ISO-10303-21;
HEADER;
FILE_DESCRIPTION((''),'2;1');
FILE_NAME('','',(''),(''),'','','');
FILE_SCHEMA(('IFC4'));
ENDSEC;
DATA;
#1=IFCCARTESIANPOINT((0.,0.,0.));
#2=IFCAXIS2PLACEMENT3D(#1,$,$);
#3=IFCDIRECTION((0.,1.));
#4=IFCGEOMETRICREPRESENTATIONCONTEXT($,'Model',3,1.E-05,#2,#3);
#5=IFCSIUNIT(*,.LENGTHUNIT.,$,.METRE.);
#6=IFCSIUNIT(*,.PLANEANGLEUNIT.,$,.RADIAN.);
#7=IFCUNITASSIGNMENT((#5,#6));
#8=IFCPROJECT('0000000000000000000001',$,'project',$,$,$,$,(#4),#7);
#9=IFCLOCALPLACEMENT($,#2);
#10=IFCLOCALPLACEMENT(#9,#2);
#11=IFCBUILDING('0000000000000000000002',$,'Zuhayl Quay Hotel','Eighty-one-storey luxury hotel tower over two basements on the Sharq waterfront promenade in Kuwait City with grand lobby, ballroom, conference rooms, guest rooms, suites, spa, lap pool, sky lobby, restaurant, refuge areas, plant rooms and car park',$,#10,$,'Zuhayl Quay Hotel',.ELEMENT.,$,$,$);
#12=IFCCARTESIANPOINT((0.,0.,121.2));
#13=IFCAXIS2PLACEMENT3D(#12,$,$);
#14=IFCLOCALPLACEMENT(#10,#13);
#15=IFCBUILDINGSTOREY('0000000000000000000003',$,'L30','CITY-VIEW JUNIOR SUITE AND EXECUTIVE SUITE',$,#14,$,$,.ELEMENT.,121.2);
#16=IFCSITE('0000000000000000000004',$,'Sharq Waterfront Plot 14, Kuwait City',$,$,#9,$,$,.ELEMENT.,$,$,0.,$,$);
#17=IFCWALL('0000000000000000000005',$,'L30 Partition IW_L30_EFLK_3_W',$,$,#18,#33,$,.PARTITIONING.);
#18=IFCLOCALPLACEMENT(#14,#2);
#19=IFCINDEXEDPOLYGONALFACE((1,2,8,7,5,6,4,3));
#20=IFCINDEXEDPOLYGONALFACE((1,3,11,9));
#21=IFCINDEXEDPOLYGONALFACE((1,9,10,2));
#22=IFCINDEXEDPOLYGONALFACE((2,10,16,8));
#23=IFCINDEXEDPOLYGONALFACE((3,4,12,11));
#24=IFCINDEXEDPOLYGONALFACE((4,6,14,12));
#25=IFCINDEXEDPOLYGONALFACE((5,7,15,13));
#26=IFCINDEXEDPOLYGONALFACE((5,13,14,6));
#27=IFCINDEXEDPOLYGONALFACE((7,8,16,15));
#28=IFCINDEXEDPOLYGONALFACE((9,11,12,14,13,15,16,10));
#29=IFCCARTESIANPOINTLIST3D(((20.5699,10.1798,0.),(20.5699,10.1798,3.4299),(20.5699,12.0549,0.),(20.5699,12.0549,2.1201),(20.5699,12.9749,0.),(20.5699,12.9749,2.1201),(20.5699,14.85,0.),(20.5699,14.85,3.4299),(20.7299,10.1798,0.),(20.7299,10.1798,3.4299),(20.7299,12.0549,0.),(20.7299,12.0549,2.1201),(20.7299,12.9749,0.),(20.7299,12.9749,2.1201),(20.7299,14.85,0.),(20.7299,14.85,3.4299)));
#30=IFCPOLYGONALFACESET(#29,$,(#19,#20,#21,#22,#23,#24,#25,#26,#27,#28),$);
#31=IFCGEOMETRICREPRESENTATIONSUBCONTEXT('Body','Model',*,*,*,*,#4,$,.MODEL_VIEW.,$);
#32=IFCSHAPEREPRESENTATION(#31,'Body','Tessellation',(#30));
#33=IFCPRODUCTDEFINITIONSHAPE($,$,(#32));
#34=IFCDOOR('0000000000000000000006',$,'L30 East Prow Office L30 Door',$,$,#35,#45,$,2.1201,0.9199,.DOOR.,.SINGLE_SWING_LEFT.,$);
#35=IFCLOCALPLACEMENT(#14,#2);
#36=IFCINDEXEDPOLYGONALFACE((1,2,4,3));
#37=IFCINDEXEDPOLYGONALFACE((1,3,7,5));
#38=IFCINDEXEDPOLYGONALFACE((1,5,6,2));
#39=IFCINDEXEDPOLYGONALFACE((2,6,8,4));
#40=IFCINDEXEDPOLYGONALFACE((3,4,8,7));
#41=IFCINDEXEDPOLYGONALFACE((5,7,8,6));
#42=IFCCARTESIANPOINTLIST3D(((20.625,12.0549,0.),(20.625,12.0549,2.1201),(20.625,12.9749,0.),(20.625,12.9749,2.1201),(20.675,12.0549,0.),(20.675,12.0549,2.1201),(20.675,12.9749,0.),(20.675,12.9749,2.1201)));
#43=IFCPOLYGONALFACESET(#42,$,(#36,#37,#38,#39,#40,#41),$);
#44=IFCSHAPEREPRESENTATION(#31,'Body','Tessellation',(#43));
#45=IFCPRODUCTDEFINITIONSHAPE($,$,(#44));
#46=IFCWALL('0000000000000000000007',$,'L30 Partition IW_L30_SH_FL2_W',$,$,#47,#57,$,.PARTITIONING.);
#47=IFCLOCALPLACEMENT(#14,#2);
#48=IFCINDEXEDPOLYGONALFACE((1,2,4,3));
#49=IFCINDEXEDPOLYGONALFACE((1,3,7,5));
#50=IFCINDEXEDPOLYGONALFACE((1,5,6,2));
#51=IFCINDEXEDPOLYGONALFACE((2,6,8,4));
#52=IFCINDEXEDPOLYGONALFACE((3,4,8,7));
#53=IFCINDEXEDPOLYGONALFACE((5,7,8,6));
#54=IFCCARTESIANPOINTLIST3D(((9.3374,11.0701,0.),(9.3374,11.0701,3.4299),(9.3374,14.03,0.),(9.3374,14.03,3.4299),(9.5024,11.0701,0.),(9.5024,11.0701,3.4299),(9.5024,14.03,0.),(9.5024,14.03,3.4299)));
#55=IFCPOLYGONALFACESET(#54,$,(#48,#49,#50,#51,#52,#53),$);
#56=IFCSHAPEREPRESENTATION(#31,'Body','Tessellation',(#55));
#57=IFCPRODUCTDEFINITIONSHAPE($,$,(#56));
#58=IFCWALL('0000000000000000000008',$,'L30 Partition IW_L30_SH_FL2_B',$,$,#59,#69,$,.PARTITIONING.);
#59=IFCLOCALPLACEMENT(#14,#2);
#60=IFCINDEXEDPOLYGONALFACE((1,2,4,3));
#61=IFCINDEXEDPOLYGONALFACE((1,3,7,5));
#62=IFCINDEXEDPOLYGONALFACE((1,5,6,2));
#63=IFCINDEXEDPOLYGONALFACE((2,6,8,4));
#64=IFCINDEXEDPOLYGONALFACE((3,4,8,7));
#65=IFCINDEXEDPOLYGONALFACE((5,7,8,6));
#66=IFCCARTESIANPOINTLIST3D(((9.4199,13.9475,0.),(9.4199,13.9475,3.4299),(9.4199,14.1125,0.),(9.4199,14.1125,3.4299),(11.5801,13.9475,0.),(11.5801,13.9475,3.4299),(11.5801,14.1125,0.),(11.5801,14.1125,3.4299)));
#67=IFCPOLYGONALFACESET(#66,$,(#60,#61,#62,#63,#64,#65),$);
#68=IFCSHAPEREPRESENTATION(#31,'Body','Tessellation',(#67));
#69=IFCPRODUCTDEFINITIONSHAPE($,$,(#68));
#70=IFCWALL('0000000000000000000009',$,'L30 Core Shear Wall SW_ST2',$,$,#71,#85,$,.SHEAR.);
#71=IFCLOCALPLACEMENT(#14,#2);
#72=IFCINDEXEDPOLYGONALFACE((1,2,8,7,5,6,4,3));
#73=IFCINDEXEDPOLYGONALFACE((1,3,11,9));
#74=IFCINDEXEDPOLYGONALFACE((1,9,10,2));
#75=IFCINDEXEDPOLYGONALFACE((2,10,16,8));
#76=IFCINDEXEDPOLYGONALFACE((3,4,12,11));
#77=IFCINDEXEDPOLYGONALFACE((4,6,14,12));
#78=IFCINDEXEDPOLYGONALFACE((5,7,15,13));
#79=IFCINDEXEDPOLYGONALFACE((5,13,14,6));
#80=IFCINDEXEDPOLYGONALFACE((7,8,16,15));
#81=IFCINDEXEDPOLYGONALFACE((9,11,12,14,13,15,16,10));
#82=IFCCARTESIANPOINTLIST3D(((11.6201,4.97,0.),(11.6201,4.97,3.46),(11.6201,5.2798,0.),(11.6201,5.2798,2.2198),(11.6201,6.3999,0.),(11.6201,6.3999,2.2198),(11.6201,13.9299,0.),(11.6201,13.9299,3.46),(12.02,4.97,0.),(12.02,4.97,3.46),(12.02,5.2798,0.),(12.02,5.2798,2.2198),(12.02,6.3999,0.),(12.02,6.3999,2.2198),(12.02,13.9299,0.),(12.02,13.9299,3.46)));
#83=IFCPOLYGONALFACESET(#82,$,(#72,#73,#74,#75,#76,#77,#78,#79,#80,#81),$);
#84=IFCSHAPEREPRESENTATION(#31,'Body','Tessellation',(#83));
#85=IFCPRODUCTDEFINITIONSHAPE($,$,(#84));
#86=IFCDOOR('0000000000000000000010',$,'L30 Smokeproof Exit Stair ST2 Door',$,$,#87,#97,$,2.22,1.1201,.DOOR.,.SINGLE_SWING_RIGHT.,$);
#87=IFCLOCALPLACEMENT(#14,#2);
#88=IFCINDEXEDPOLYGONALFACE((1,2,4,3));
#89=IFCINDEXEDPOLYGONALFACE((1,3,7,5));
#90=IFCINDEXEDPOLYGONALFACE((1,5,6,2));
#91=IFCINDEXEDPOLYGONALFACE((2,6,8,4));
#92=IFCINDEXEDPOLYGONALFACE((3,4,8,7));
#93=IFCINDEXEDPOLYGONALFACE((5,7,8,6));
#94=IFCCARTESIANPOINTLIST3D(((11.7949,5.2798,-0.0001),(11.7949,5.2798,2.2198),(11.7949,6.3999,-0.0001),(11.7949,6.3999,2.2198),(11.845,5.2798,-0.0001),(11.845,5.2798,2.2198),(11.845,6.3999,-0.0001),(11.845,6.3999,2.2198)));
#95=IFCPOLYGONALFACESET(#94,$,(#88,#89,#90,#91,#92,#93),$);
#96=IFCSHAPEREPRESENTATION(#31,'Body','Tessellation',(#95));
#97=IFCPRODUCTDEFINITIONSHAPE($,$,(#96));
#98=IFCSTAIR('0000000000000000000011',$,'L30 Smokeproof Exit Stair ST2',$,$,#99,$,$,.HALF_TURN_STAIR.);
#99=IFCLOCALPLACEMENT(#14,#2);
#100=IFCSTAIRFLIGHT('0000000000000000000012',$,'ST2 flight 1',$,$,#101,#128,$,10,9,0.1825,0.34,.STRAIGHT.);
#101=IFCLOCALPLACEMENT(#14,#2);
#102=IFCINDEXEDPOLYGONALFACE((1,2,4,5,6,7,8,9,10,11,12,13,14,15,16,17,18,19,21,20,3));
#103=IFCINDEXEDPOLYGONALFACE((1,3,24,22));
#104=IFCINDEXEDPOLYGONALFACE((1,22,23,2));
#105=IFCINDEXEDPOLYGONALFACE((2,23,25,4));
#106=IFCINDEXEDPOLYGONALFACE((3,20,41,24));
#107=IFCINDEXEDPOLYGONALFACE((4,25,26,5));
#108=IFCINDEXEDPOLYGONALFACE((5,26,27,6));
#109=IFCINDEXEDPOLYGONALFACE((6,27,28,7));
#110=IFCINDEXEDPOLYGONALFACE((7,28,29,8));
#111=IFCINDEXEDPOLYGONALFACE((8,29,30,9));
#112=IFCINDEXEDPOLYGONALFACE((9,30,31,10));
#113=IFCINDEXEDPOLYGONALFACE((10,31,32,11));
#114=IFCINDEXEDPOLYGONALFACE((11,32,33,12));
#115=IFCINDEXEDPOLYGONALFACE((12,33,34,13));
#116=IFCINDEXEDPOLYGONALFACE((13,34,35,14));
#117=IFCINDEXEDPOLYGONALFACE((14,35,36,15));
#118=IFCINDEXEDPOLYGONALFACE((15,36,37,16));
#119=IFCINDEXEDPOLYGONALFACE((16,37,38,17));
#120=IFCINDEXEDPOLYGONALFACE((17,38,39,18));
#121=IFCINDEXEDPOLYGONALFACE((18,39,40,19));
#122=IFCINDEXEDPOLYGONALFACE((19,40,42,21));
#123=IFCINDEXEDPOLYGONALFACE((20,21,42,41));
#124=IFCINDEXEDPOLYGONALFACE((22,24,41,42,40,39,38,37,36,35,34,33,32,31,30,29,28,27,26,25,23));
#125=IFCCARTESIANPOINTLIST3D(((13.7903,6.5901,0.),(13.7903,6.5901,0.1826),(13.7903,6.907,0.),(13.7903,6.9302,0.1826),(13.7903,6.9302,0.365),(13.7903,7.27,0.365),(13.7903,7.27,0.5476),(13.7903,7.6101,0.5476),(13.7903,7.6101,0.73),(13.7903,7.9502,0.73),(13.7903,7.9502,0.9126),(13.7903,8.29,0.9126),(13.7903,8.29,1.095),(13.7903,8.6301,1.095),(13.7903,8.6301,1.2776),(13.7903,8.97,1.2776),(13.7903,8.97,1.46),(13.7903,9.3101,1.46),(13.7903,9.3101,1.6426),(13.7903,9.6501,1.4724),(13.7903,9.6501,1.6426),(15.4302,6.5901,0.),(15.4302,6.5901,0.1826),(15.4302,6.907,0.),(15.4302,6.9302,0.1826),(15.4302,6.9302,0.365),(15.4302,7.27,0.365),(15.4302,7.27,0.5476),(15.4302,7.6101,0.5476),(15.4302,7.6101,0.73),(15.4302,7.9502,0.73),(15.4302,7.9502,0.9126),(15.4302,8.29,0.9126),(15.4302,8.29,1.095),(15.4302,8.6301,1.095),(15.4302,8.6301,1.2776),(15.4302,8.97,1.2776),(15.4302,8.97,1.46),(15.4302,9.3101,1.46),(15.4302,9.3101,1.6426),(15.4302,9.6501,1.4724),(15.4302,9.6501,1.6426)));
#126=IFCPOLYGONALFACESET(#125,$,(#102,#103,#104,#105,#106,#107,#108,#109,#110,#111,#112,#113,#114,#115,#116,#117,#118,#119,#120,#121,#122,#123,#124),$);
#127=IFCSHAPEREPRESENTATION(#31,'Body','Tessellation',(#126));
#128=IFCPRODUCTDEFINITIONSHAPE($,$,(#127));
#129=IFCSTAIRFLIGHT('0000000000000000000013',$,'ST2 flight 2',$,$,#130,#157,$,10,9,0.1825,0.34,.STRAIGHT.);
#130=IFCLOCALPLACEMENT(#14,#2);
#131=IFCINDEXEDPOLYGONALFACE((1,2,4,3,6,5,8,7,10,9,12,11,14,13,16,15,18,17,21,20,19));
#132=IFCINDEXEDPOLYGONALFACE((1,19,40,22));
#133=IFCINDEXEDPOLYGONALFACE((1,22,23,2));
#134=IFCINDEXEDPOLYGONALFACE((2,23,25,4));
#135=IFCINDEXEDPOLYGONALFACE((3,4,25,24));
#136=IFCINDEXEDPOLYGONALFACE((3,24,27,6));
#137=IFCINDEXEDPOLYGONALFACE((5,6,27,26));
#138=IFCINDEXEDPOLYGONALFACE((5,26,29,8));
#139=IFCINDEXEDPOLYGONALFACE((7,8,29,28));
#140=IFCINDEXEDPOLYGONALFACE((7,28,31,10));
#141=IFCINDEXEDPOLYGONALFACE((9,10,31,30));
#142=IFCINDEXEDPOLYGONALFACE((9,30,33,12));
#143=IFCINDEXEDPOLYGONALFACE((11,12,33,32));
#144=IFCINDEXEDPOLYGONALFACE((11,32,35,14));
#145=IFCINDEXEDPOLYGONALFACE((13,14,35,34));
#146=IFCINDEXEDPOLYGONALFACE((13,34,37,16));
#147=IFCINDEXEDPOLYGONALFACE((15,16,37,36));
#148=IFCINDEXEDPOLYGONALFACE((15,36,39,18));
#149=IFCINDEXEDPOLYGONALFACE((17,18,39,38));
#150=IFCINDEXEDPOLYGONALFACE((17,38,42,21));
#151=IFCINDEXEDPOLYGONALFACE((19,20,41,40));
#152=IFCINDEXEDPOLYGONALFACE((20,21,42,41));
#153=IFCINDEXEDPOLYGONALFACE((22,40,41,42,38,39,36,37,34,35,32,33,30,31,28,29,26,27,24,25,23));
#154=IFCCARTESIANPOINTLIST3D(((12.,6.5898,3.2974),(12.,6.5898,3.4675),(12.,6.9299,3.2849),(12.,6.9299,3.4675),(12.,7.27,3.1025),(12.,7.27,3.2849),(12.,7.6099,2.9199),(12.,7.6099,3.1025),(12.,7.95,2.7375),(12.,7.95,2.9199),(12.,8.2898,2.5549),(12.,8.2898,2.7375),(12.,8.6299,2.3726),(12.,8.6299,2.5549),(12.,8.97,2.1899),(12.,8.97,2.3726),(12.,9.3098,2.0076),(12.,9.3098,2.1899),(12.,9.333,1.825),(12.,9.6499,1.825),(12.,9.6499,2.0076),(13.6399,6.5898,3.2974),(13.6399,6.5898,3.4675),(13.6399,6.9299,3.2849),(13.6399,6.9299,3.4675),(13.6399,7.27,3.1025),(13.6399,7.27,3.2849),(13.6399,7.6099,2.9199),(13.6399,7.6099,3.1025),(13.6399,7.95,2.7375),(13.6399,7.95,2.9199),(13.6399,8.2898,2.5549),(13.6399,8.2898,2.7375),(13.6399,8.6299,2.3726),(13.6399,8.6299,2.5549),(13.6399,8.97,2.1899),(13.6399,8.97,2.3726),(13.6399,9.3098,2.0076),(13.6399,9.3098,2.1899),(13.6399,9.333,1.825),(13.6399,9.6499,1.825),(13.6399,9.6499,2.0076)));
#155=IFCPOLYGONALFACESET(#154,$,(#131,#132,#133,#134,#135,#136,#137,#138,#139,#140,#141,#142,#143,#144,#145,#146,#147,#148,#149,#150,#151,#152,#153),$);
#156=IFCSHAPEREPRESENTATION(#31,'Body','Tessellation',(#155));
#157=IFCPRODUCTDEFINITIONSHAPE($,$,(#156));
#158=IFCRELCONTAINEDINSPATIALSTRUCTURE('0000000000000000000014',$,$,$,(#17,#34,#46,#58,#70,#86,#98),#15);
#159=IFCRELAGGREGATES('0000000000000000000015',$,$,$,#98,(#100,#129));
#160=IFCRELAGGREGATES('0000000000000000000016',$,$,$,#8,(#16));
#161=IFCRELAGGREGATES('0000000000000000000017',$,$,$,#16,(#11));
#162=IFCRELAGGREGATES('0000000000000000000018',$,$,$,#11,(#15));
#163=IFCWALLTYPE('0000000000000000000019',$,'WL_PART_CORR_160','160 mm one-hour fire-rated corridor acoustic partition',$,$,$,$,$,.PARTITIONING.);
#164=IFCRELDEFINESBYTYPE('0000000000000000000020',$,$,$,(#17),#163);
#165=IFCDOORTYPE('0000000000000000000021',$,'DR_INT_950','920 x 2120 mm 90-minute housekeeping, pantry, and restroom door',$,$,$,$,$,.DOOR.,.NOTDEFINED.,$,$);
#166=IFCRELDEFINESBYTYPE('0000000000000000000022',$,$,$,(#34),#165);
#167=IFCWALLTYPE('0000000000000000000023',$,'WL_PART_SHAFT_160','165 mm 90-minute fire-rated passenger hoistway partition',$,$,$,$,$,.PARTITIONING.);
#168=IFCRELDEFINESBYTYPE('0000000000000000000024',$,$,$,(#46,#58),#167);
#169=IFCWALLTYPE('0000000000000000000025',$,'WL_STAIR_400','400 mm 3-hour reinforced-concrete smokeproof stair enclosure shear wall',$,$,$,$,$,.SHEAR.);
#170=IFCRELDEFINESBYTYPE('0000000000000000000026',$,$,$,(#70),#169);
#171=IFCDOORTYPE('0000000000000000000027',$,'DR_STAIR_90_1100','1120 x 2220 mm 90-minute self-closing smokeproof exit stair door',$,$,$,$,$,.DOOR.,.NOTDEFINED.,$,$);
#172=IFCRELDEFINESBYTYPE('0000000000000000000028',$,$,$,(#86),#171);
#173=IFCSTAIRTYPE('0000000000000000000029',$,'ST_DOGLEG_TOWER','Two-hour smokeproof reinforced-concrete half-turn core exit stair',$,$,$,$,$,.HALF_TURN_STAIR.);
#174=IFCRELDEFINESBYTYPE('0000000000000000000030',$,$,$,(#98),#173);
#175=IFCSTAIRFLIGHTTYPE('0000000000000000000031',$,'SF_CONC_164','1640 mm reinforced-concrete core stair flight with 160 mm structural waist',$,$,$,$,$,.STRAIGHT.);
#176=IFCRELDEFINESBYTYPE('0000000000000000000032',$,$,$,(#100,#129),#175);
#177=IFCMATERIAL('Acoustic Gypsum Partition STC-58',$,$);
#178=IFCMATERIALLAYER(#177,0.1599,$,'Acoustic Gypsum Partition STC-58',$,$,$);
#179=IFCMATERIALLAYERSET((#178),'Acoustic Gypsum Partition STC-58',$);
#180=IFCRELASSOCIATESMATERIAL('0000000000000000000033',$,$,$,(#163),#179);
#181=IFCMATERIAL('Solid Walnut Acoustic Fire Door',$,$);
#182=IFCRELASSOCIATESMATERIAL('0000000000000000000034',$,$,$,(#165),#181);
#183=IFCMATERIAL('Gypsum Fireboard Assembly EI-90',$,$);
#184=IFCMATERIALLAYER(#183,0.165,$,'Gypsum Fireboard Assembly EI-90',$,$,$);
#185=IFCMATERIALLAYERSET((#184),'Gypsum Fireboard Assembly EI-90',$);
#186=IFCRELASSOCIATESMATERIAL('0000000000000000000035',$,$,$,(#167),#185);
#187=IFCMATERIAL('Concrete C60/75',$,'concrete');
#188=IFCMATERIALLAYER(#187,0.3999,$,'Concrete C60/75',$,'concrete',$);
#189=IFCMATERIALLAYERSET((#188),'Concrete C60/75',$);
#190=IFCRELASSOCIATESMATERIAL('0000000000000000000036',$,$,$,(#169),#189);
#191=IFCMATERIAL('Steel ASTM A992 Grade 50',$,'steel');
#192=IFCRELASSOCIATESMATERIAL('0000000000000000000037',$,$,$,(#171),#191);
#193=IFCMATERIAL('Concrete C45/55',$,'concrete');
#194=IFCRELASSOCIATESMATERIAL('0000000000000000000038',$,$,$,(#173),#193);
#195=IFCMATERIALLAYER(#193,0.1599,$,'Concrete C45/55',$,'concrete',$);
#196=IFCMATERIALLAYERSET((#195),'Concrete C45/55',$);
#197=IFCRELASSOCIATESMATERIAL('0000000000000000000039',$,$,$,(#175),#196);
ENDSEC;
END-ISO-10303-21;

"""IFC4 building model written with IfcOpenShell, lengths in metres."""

from ifc_helpers import new_model, si_unit, direction, frame, frame_2d, origin, place, context, subcontext, project, spatial, polyline, rectangle, outline, extrude, material, layer, layer_set, type_object, element, fill, aggregate, save


model = new_model("IFC4")

# Units and contexts
model_context = context("Model", 3, precision=1e-05, world=origin(), true_north=direction((0.0, 1.0)))
body_context = subcontext(model_context, "Body", "Model", "MODEL_VIEW")
ifc_project = project(units=[si_unit("LENGTHUNIT", "METRE"), si_unit("PLANEANGLEUNIT", "RADIAN")], contexts=[model_context])

# Site, building, storey
site_placement = place(None, origin())
site = spatial("IfcSite", under=ifc_project, at=site_placement, Name="Sharq Waterfront Plot 14, Kuwait City", CompositionType="ELEMENT", RefElevation=0.0)
building_placement = place(site_placement, origin())
building = spatial("IfcBuilding", under=site, at=building_placement, Name="Zuhayl Quay Hotel", Description="Eighty-one-storey luxury hotel tower over two basements on the Sharq waterfront promenade in Kuwait City with grand lobby, ballroom, conference rooms, guest rooms, suites, spa, lap pool, sky lobby, restaurant, refuge areas, plant rooms and car park", LongName="Zuhayl Quay Hotel", CompositionType="ELEMENT")
storey_placement = place(building_placement, frame((0.0, 0.0, 121.2)))
storey = spatial("IfcBuildingStorey", under=building, at=storey_placement, Name="L30", Description="CITY-VIEW JUNIOR SUITE AND EXECUTIVE SUITE", CompositionType="ELEMENT", Elevation=121.2)

# Shared definitions
ifc_material_1 = material(Name="Concrete C60/75", Category="concrete")

# Shared definitions
ifc_material_2 = material(Name="Acoustic Gypsum Partition STC-58")

# Wall, opening, door
ifc_layer_1 = layer(ifc_material_2, 0.1599, Name="Acoustic Gypsum Partition STC-58")
ifc_layer_set_1 = layer_set([ifc_layer_1], Name="Acoustic Gypsum Partition STC-58")
wall_type_1 = type_object("IfcWallType", Name="WL_PART_CORR_160", Description="160 mm one-hour fire-rated corridor acoustic partition", PredefinedType="PARTITIONING", material=ifc_layer_set_1)
ifc_material_3 = material(Name="Solid Walnut Acoustic Fire Door")
door_type_1 = type_object("IfcDoorType", Name="DR_INT_950", Description="920 x 2120 mm 90-minute housekeeping, pantry, and restroom door", OperationType="NOTDEFINED", PredefinedType="DOOR", material=ifc_material_3)
wall_1_placement = place(storey_placement, frame((20.6499, 10.1799, 0.0), z_axis=(0.0, 0.0, 1.0), x_axis=(0.0, 1.0, 0.0)))
wall_1 = element("IfcWall", 1, at=wall_1_placement, inside=storey, type_object=wall_type_1, Name="L30 Partition IW_L30_EFLK_3_W", PredefinedType="PARTITIONING", context=body_context, shape_type="SweptSolid", body=[
    extrude(rectangle(XDim=4.6702, YDim=0.1599, at=frame_2d((2.335, 0.0))), origin(), (0.0, 0.0, 1.0), 3.4299),
])
opening_1_placement = place(wall_1_placement, frame((1.875, 0.0, 0.0)))
opening_1 = element("IfcOpeningElement", 2, at=opening_1_placement, cuts=wall_1, PredefinedType="OPENING", context=body_context, shape_type="SweptSolid", body=[
    extrude(rectangle(XDim=0.9199, YDim=2.1201, at=frame_2d((0.46, 1.0601))), frame((0.0, 0.0898, 0.0), z_axis=(0.0, -1.0, 0.0), x_axis=(1.0, 0.0, 0.0)), (0.0, 0.0, 1.0), 0.1799),
])
door_1_placement = place(opening_1_placement, origin())
door_1 = element("IfcDoor", 3, at=door_1_placement, inside=storey, type_object=door_type_1, Name="L30 East Prow Office L30 Door", OperationType="SINGLE_SWING_LEFT", OverallHeight=2.1201, OverallWidth=0.9199, PredefinedType="DOOR", context=body_context, shape_type="SweptSolid", body=[
    extrude(rectangle(XDim=0.9199, YDim=2.1201, at=frame_2d((0.46, 1.0601))), frame((0.0, 0.0249, 0.0), z_axis=(0.0, -1.0, 0.0), x_axis=(1.0, 0.0, 0.0)), (0.0, 0.0, 1.0), 0.05),
])
fill(opening_1, door_1)

# Walls
ifc_material_4 = material(Name="Gypsum Fireboard Assembly EI-90")
ifc_layer_2 = layer(ifc_material_4, 0.165, Name="Gypsum Fireboard Assembly EI-90")
ifc_layer_set_2 = layer_set([ifc_layer_2], Name="Gypsum Fireboard Assembly EI-90")
wall_type_2 = type_object("IfcWallType", Name="WL_PART_SHAFT_160", Description="165 mm 90-minute fire-rated passenger hoistway partition", PredefinedType="PARTITIONING", material=ifc_layer_set_2)
wall_2_placement = place(storey_placement, frame((9.4199, 11.0701, 0.0), z_axis=(0.0, 0.0, 1.0), x_axis=(0.0, 1.0, 0.0)))
element("IfcWall", 4, at=wall_2_placement, inside=storey, type_object=wall_type_2, Name="L30 Partition IW_L30_SH_FL2_W", PredefinedType="PARTITIONING", context=body_context, shape_type="SweptSolid", body=[
    extrude(rectangle(XDim=2.96, YDim=0.165, at=frame_2d((1.48, 0.0))), origin(), (0.0, 0.0, 1.0), 3.4299),
])
wall_3_placement = place(storey_placement, frame((9.4199, 14.03, 0.0), z_axis=(0.0, 0.0, 1.0), x_axis=(1.0, 0.0, 0.0)))
element("IfcWall", 5, at=wall_3_placement, inside=storey, type_object=wall_type_2, Name="L30 Partition IW_L30_SH_FL2_B", PredefinedType="PARTITIONING", context=body_context, shape_type="SweptSolid", body=[
    extrude(rectangle(XDim=2.1602, YDim=0.165, at=frame_2d((1.0801, 0.0))), origin(), (0.0, 0.0, 1.0), 3.4299),
])

# Wall, opening, door
ifc_layer_3 = layer(ifc_material_1, 0.3999, Name="Concrete C60/75", Category="concrete")
ifc_layer_set_3 = layer_set([ifc_layer_3], Name="Concrete C60/75")
wall_type_3 = type_object("IfcWallType", Name="WL_STAIR_400", Description="400 mm 3-hour reinforced-concrete smokeproof stair enclosure shear wall", PredefinedType="SHEAR", material=ifc_layer_set_3)
wall_4_placement = place(storey_placement, frame((11.8201, 13.9299, 0.0), z_axis=(0.0, 0.0, 1.0), x_axis=(0.0, -1.0, 0.0)))
wall_4 = element("IfcWall", 6, at=wall_4_placement, inside=storey, type_object=wall_type_3, Name="L30 Core Shear Wall SW_ST2", PredefinedType="SHEAR", context=body_context, shape_type="SweptSolid", body=[
    extrude(rectangle(XDim=8.96, YDim=0.3999, at=frame_2d((4.48, 0.0))), origin(), (0.0, 0.0, 1.0), 3.46),
])
opening_2_placement = place(wall_4_placement, frame((7.53, 0.0, 0.0)))
opening_2 = element("IfcOpeningElement", 7, at=opening_2_placement, cuts=wall_4, PredefinedType="OPENING", context=body_context, shape_type="SweptSolid", body=[
    extrude(rectangle(XDim=1.1201, YDim=2.22, at=frame_2d((0.5601, 1.1099))), frame((0.0, 0.21, 0.0), z_axis=(0.0, -1.0, 0.0), x_axis=(1.0, 0.0, 0.0)), (0.0, 0.0, 1.0), 0.4199),
])
ifc_material_5 = material(Name="Steel ASTM A992 Grade 50", Category="steel")
door_type_2 = type_object("IfcDoorType", Name="DR_STAIR_90_1100", Description="1120 x 2220 mm 90-minute self-closing smokeproof exit stair door", OperationType="NOTDEFINED", PredefinedType="DOOR", material=ifc_material_5)
door_2_placement = place(opening_2_placement, origin())
door_2 = element("IfcDoor", 8, at=door_2_placement, inside=storey, type_object=door_type_2, Name="L30 Smokeproof Exit Stair ST2 Door", OperationType="SINGLE_SWING_RIGHT", OverallHeight=2.22, OverallWidth=1.1201, PredefinedType="DOOR", context=body_context, shape_type="SweptSolid", body=[
    extrude(rectangle(XDim=1.1201, YDim=2.22, at=frame_2d((0.5601, 1.1099))), frame((0.0, 0.0249, 0.0), z_axis=(0.0, -1.0, 0.0), x_axis=(1.0, 0.0, 0.0)), (0.0, 0.0, 1.0), 0.05),
])
fill(opening_2, door_2)

# Stair, stair flights
ifc_material_6 = material(Name="Concrete C45/55", Category="concrete")
stair_type = type_object("IfcStairType", Name="ST_DOGLEG_TOWER", Description="Two-hour smokeproof reinforced-concrete half-turn core exit stair", PredefinedType="HALF_TURN_STAIR", material=ifc_material_6)
stair_placement = place(storey_placement, origin())
stair = element("IfcStair", 9, at=stair_placement, inside=storey, type_object=stair_type, Name="L30 Smokeproof Exit Stair ST2", PredefinedType="HALF_TURN_STAIR")
ifc_layer_4 = layer(ifc_material_6, 0.1599, Name="Concrete C45/55", Category="concrete")
ifc_layer_set_4 = layer_set([ifc_layer_4], Name="Concrete C45/55")
stair_flight_type = type_object("IfcStairFlightType", Name="SF_CONC_164", Description="1640 mm reinforced-concrete core stair flight with 160 mm structural waist", PredefinedType="STRAIGHT", material=ifc_layer_set_4)
stair_flight_1_placement = place(storey_placement, frame((14.6101, 6.5901, 0.0), z_axis=(0.0, 0.0, 1.0), x_axis=(0.0, 1.0, 0.0)))
stair_flight_1 = element("IfcStairFlight", 10, at=stair_flight_1_placement, type_object=stair_flight_type, Name="ST2 flight 1", NumberOfRisers=10, NumberOfTreads=9, PredefinedType="STRAIGHT", RiserHeight=0.1825, TreadLength=0.34, context=body_context, shape_type="SweptSolid", body=[
    extrude(outline(polyline([(0.0, 0.0), (0.0, 0.1826), (0.3401, 0.1826), (0.3401, 0.365), (0.6799, 0.365), (0.6799, 0.5476), (1.02, 0.5476), (1.02, 0.73), (1.3601, 0.73), (1.3601, 0.9126), (1.7, 0.9126), (1.7, 1.095), (2.04, 1.095), (2.04, 1.2776), (2.3799, 1.2776), (2.3799, 1.46), (2.72, 1.46), (2.72, 1.6426), (3.0601, 1.6426), (3.0601, 1.825), (3.0601, 1.4724), (0.3169, 0.0), (0.0, 0.0)])), frame((0.0, 0.8198, 0.0), z_axis=(0.0, -1.0, 0.0), x_axis=(1.0, 0.0, 0.0)), (0.0, 0.0, 1.0), 1.6399),
])
stair_flight_2_placement = place(storey_placement, frame((12.8201, 9.6499, 1.825), z_axis=(0.0, 0.0, 1.0), x_axis=(0.0, -1.0, 0.0)))
stair_flight_2 = element("IfcStairFlight", 11, at=stair_flight_2_placement, type_object=stair_flight_type, Name="ST2 flight 2", NumberOfRisers=10, NumberOfTreads=9, PredefinedType="STRAIGHT", RiserHeight=0.1825, TreadLength=0.34, context=body_context, shape_type="SweptSolid", body=[
    extrude(outline(polyline([(0.0, 0.0), (0.0, 0.1826), (0.3401, 0.1826), (0.3401, 0.365), (0.6799, 0.365), (0.6799, 0.5476), (1.02, 0.5476), (1.02, 0.73), (1.3601, 0.73), (1.3601, 0.9126), (1.7, 0.9126), (1.7, 1.095), (2.04, 1.095), (2.04, 1.2776), (2.3799, 1.2776), (2.3799, 1.46), (2.72, 1.46), (2.72, 1.6426), (3.0601, 1.6426), (3.0601, 1.825), (3.0601, 1.4724), (0.3169, 0.0), (0.0, 0.0)])), frame((0.0, 0.8198, 0.0), z_axis=(0.0, -1.0, 0.0), x_axis=(1.0, 0.0, 0.0)), (0.0, 0.0, 1.0), 1.6399),
])
aggregate(stair, [stair_flight_1, stair_flight_2])

save(model, "model.ifc")
